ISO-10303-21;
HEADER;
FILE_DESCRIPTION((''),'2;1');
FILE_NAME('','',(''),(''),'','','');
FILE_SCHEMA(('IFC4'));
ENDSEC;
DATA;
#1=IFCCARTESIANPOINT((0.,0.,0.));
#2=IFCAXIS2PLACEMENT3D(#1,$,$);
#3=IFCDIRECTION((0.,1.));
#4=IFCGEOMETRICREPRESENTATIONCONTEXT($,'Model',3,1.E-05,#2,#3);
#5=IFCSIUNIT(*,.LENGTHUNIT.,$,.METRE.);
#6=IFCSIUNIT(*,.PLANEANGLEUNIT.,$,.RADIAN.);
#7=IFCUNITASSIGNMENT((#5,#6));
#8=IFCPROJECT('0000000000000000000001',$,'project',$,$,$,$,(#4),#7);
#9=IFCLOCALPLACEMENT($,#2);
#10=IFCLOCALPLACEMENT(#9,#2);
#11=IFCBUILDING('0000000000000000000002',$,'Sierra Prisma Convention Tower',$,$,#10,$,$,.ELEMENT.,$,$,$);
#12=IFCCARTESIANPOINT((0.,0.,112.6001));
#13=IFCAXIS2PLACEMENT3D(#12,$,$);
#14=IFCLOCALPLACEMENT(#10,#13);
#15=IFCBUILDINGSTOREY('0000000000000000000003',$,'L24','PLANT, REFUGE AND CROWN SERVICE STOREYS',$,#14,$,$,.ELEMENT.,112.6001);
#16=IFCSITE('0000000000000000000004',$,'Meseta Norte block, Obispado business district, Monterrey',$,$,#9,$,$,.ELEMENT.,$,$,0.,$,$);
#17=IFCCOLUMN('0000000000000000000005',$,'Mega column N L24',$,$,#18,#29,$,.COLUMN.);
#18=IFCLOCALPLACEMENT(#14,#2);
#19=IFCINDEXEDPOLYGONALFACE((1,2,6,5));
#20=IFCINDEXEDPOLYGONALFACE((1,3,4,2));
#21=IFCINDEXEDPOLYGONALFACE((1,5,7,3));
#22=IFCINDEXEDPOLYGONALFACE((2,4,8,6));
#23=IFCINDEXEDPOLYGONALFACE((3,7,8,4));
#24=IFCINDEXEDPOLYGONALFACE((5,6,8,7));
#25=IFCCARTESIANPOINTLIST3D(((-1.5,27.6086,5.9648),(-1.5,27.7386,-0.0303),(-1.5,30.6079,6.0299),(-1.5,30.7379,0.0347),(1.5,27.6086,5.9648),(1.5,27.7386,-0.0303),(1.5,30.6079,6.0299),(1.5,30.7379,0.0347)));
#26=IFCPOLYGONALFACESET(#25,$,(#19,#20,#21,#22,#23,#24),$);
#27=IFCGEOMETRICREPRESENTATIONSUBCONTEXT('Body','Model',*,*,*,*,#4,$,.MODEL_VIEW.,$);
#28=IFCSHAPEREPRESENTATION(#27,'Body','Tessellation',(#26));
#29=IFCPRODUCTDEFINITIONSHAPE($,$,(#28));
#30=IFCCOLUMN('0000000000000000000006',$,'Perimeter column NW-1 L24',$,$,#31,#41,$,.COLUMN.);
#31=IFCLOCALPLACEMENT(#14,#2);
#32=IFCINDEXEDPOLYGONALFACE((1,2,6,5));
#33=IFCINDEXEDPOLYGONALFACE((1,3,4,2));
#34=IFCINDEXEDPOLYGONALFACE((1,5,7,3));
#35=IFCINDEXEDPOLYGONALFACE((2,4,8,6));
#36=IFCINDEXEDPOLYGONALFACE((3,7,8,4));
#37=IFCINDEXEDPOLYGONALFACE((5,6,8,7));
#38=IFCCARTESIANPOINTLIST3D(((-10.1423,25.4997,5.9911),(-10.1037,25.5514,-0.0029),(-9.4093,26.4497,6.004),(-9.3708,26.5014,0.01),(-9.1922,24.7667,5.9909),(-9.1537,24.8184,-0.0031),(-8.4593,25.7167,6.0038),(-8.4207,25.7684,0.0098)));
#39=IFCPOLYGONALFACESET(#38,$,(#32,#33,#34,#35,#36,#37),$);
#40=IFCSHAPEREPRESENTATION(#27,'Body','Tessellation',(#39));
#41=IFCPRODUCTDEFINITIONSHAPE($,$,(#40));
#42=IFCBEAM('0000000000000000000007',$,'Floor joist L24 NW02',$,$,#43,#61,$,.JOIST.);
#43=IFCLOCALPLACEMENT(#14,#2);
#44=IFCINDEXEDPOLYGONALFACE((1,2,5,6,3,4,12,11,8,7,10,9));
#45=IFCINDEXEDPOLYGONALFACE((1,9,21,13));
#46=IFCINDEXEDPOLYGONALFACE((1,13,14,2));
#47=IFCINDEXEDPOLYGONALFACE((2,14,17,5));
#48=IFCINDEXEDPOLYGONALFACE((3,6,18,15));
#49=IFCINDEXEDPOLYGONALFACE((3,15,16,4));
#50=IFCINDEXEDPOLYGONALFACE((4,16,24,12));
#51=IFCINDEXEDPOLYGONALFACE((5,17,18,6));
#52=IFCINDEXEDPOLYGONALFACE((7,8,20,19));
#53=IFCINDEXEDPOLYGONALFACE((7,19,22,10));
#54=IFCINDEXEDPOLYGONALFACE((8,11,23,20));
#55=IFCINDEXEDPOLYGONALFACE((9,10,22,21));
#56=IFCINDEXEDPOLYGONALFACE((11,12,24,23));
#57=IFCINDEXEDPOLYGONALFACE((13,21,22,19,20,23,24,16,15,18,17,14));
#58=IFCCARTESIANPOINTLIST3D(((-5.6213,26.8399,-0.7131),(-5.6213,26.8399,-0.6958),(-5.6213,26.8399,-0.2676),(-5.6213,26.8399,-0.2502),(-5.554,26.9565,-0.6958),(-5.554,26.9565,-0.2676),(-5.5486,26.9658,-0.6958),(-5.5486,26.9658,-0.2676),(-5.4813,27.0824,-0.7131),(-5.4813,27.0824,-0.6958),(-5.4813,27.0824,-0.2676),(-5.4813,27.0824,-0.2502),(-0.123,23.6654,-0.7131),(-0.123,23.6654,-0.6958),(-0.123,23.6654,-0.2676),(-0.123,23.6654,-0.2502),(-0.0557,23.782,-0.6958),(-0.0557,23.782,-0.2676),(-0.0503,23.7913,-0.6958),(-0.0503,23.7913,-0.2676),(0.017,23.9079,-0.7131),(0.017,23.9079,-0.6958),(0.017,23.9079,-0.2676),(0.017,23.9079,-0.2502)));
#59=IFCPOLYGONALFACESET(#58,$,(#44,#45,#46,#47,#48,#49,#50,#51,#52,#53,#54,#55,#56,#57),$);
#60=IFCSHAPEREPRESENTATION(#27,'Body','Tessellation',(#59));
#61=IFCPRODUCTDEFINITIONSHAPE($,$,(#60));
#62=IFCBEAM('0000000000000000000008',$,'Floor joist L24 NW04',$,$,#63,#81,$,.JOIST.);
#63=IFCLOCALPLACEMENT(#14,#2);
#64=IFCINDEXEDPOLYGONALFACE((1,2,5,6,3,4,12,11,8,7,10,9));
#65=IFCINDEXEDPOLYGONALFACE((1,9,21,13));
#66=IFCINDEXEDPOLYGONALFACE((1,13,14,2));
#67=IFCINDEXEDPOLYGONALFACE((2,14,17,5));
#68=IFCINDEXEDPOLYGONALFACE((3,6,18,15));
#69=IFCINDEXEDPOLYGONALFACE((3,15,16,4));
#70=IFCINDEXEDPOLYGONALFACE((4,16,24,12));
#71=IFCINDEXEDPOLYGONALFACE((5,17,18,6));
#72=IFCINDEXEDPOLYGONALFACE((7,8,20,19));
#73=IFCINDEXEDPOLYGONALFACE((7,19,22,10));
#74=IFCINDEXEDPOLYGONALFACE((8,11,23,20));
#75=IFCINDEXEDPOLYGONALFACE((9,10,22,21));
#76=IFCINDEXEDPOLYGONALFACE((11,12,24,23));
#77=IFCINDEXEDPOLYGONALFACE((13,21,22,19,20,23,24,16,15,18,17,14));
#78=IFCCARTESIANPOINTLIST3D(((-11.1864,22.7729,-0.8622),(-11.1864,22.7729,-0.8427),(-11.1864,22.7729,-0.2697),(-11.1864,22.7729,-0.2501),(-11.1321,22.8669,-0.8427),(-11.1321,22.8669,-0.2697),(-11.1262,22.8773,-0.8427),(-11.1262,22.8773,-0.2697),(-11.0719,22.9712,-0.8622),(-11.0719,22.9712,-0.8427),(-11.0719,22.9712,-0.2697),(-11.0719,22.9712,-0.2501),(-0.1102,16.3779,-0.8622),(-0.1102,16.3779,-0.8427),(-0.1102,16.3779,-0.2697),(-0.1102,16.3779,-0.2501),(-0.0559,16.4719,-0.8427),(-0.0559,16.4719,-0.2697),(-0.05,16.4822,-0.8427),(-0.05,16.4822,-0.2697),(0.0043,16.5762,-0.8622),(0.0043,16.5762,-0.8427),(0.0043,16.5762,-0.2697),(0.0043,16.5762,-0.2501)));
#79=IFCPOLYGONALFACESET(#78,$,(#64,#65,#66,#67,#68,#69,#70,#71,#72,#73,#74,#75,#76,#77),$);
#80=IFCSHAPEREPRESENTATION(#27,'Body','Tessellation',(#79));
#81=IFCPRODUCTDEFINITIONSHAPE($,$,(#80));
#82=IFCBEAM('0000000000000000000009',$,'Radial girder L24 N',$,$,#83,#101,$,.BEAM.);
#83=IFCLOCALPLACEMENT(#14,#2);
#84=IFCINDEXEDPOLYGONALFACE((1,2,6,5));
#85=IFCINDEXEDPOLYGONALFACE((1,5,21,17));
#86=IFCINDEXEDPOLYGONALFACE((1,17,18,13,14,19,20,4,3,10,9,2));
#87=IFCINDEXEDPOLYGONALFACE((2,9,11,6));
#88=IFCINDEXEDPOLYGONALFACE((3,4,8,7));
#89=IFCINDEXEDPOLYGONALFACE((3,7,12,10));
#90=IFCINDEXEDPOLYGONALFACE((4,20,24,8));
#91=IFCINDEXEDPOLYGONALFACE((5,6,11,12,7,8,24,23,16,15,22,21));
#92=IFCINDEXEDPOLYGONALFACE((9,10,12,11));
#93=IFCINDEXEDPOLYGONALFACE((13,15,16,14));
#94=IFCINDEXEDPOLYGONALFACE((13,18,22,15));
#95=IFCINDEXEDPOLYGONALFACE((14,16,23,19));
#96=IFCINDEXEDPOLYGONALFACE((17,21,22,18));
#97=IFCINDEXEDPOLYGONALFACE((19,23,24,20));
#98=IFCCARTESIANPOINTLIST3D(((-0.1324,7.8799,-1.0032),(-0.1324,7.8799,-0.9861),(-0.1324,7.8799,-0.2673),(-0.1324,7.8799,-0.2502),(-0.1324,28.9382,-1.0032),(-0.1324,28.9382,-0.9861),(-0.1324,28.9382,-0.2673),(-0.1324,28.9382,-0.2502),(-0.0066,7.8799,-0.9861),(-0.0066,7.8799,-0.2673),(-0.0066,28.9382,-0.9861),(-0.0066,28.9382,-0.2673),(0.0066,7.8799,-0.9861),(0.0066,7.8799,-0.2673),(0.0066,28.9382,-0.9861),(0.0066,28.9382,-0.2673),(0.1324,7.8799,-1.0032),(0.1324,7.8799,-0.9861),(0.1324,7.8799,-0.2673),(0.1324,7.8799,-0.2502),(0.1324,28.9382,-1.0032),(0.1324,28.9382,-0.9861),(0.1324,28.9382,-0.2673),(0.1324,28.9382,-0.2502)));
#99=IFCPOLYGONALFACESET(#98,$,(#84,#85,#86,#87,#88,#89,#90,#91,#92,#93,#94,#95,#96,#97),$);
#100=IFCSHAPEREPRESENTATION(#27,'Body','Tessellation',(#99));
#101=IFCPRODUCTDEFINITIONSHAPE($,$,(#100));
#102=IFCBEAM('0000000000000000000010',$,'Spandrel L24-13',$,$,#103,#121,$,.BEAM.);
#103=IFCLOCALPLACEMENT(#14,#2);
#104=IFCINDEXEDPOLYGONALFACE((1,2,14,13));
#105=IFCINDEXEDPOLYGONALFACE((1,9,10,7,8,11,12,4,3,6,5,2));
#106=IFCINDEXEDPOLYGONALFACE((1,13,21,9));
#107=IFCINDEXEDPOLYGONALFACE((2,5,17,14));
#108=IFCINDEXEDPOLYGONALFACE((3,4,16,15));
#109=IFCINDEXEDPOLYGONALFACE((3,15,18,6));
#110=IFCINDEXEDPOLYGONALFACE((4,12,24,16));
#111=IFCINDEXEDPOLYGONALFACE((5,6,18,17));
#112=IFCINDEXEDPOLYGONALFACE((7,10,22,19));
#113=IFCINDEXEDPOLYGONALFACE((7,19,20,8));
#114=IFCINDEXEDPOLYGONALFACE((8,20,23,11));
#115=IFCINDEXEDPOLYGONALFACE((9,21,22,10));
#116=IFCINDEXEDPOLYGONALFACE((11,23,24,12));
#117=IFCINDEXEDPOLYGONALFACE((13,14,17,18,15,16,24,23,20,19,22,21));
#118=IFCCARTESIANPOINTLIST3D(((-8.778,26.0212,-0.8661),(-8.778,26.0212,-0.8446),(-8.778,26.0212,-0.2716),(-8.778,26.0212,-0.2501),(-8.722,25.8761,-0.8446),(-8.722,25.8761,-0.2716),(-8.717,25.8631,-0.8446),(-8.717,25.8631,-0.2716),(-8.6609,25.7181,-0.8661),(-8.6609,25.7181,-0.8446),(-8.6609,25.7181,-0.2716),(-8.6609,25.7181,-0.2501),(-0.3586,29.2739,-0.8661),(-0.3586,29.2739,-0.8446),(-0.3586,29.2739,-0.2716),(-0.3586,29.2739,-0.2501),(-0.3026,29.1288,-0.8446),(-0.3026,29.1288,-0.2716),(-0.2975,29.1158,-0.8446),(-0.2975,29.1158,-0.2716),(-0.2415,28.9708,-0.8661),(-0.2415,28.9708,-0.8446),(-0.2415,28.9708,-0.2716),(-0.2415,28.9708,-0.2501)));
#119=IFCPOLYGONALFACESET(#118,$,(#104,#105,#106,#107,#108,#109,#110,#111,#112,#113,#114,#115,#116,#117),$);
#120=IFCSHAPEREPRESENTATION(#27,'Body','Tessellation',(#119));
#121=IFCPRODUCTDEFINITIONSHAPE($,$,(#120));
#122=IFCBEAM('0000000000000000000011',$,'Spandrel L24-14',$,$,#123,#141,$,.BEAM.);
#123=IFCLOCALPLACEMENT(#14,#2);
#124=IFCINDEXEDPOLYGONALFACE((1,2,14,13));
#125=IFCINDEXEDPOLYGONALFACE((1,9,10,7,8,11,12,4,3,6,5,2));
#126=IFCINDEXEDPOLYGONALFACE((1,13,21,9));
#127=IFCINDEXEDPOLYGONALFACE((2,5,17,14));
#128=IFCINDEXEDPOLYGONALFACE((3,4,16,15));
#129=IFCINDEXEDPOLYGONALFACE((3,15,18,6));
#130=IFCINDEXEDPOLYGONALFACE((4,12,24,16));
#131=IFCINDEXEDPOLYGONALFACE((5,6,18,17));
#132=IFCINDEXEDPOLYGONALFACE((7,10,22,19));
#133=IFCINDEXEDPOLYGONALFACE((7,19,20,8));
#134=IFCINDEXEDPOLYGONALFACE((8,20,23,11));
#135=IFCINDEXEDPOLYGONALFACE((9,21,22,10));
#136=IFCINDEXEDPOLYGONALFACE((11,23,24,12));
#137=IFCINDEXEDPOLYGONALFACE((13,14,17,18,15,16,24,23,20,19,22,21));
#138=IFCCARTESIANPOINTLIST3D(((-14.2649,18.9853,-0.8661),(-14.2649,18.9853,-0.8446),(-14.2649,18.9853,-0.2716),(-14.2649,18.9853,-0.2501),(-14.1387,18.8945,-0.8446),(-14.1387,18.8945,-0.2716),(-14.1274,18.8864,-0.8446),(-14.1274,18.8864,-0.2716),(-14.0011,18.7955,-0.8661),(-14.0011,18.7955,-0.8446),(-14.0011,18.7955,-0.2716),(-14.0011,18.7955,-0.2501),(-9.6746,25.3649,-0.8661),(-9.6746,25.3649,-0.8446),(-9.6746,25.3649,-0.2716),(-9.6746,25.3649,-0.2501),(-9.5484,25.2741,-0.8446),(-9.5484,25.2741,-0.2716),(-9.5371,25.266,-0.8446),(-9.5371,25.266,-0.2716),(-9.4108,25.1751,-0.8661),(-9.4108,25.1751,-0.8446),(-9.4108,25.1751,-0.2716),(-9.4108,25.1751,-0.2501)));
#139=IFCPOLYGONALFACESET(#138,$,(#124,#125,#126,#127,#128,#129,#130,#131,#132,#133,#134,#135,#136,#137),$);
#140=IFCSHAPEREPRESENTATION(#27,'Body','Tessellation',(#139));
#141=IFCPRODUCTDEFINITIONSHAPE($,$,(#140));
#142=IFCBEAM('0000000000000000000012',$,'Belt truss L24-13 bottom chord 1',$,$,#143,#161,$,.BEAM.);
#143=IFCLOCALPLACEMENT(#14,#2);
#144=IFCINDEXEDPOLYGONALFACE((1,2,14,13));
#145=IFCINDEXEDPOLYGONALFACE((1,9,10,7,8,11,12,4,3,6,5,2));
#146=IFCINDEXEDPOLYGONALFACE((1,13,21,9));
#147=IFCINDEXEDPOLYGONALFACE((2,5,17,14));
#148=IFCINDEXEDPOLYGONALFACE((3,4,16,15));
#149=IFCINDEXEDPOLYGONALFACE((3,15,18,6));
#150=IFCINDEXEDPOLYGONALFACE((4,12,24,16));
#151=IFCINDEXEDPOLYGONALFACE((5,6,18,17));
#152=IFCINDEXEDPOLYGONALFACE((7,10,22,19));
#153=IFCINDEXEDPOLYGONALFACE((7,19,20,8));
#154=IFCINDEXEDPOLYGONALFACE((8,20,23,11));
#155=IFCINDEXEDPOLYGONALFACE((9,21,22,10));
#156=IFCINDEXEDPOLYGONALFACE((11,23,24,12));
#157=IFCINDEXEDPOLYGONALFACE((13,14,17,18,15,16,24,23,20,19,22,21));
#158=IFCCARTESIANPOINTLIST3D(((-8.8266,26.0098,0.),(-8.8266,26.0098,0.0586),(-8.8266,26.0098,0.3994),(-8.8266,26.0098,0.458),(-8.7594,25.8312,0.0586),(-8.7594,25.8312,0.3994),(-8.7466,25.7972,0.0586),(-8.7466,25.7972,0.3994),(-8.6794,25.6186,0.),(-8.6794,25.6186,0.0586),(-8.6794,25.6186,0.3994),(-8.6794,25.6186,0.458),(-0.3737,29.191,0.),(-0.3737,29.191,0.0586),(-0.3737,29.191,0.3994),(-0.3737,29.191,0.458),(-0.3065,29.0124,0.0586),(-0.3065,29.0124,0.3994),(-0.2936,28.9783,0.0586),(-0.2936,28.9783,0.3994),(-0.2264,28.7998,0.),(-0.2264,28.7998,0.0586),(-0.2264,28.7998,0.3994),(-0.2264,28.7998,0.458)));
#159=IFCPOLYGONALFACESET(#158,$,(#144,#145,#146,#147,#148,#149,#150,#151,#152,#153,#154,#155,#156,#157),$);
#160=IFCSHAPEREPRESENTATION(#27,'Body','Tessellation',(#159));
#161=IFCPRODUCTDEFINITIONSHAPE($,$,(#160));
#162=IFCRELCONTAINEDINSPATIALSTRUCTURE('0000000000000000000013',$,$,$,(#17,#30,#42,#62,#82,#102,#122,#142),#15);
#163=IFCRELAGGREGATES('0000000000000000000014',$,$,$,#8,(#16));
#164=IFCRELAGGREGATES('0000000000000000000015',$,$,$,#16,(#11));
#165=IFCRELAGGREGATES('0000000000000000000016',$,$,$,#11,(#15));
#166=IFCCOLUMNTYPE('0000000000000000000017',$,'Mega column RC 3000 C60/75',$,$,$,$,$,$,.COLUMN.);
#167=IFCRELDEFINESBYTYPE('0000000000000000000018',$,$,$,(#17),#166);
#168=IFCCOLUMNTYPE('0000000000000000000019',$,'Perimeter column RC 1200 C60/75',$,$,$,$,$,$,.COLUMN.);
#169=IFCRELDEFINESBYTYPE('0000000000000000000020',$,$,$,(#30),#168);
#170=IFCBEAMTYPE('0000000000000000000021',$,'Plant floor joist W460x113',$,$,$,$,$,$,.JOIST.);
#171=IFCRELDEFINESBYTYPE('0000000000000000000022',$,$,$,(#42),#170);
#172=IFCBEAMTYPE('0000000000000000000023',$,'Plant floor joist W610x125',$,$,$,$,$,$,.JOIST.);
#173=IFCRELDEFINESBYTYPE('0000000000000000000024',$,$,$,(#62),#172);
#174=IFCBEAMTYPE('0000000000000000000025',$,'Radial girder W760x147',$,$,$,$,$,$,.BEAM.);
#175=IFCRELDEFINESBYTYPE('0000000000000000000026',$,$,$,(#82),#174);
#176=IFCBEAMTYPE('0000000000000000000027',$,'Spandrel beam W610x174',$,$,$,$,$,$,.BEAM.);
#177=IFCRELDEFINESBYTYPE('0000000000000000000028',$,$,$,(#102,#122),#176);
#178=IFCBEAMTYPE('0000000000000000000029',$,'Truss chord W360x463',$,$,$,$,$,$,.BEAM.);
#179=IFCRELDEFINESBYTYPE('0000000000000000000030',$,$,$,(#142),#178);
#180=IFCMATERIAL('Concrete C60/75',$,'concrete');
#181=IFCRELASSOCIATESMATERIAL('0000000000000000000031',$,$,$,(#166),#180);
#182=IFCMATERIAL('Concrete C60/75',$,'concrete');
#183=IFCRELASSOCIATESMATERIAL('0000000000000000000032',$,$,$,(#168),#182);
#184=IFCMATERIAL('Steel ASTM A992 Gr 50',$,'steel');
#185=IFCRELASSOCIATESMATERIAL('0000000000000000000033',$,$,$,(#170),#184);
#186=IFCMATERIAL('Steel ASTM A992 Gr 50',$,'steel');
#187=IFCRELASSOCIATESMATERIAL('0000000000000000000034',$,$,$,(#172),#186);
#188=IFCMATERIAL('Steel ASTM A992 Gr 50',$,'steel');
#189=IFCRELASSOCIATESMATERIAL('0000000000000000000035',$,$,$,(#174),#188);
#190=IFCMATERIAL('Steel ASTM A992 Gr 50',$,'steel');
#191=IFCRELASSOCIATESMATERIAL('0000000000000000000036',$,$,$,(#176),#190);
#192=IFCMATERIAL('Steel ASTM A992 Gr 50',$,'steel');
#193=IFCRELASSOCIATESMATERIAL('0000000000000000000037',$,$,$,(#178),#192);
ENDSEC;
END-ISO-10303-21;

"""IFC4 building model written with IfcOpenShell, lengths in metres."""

from ifc_helpers import new_model, si_unit, direction, frame, origin, origin_2d, place, context, subcontext, project, spatial, rectangle, i_section, extrude, clip, halfspace, material, material_profile, profile_set, type_object, element, save


model = new_model("IFC4")

# Units and contexts
model_context = context("Model", 3, precision=1e-05, world=origin(), true_north=direction((0.0, 1.0)))
body_context = subcontext(model_context, "Body", "Model", "MODEL_VIEW")
ifc_project = project(units=[si_unit("LENGTHUNIT", "METRE"), si_unit("PLANEANGLEUNIT", "RADIAN")], contexts=[model_context])

# Site, building, storey
site_placement = place(None, origin())
site = spatial("IfcSite", under=ifc_project, at=site_placement, Name="Meseta Norte block, Obispado business district, Monterrey", CompositionType="ELEMENT", RefElevation=0.0)
building_placement = place(site_placement, origin())
building = spatial("IfcBuilding", under=site, at=building_placement, Name="Sierra Prisma Convention Tower", CompositionType="ELEMENT")
storey_placement = place(building_placement, frame((0.0, 0.0, 112.6001)))
storey = spatial("IfcBuildingStorey", under=building, at=storey_placement, Name="L24", Description="PLANT, REFUGE AND CROWN SERVICE STOREYS", CompositionType="ELEMENT", Elevation=112.6001)

# Columns
ifc_material_1 = material(Name="Concrete C60/75", Category="concrete")
ifc_material_profile_1 = material_profile(ifc_material_1, rectangle(XDim=3.0, YDim=3.0, at=origin_2d()), Name="Mega column RC 3000 C60/75")
ifc_profile_set_1 = profile_set([ifc_material_profile_1], Name="Concrete C60/75")
column_type_1 = type_object("IfcColumnType", Name="Mega column RC 3000 C60/75", PredefinedType="COLUMN", material=ifc_profile_set_1)
column_1_placement = place(storey_placement, frame((0.0, 29.2383, 0.0), z_axis=(0.0, -0.021683, 0.999765), x_axis=(1.0, 0.0, 0.0)))
element("IfcColumn", 1, at=column_1_placement, inside=storey, type_object=column_type_1, Name="Mega column N L24", PredefinedType="COLUMN", context=body_context, shape_type="SweptSolid", body=[
    clip(clip(extrude(rectangle(XDim=3.0, YDim=3.0, at=origin_2d()), origin(), (0.0, 0.0, 1.0), 6.0015), halfspace(frame((0.0, 0.0, 0.0022)), True)), halfspace(frame((0.0, 0.0, 5.9988)), False)),
])
ifc_material_2 = material(Name="Concrete C60/75", Category="concrete")
ifc_material_profile_2 = material_profile(ifc_material_2, rectangle(XDim=1.2, YDim=1.2, at=origin_2d()), Name="Perimeter column RC 1200 C60/75")
ifc_profile_set_2 = profile_set([ifc_material_profile_2], Name="Concrete C60/75")
column_type_2 = type_object("IfcColumnType", Name="Perimeter column RC 1200 C60/75", PredefinedType="COLUMN", material=ifc_profile_set_2)
column_2_placement = place(storey_placement, frame((-9.2622, 25.6599, 0.0), z_axis=(-0.006429, -0.008626, 0.999942), x_axis=(0.610807, 0.791706, 0.010756)))
element("IfcColumn", 2, at=column_2_placement, inside=storey, type_object=column_type_2, Name="Perimeter column NW-1 L24", PredefinedType="COLUMN", context=body_context, shape_type="SweptSolid", body=[
    clip(clip(extrude(rectangle(XDim=1.2, YDim=1.2, at=origin_2d()), origin(), (0.0, 0.0, 1.0), 6.0002), halfspace(frame((0.0, 0.0, 0.0034)), True)), halfspace(frame((0.0, 0.0, 5.9978)), False)),
])

# Beams
ifc_material_3 = material(Name="Steel ASTM A992 Gr 50", Category="steel")
ifc_material_profile_3 = material_profile(ifc_material_3, i_section(OverallWidth=0.28, OverallDepth=0.4629, WebThickness=0.0107, FlangeThickness=0.0173, at=origin_2d()), Name="W460x113")
ifc_profile_set_3 = profile_set([ifc_material_profile_3], Name="Steel ASTM A992 Gr 50")
beam_type_1 = type_object("IfcBeamType", Name="Plant floor joist W460x113", PredefinedType="JOIST", material=ifc_profile_set_3)
beam_1_placement = place(storey_placement, frame((-5.5513, 26.9612, -0.4817), z_axis=(0.866017, -0.500014, 0.0), x_axis=(0.500014, 0.866017, 0.0)))
element("IfcBeam", 3, at=beam_1_placement, inside=storey, type_object=beam_type_1, Name="Floor joist L24 NW02", PredefinedType="JOIST", context=body_context, shape_type="SweptSolid", body=[
    extrude(i_section(OverallWidth=0.28, OverallDepth=0.4629, WebThickness=0.0107, FlangeThickness=0.0173, at=origin_2d()), origin(), (0.0, 0.0, 1.0), 6.3489),
])
ifc_material_4 = material(Name="Steel ASTM A992 Gr 50", Category="steel")
ifc_material_profile_4 = material_profile(ifc_material_4, i_section(OverallWidth=0.229, OverallDepth=0.6121, WebThickness=0.012, FlangeThickness=0.0195, at=origin_2d()), Name="W610x125")
ifc_profile_set_4 = profile_set([ifc_material_profile_4], Name="Steel ASTM A992 Gr 50")
beam_type_2 = type_object("IfcBeamType", Name="Plant floor joist W610x125", PredefinedType="JOIST", material=ifc_profile_set_4)
beam_2_placement = place(storey_placement, frame((-11.1292, 22.8721, -0.5562), z_axis=(0.866019, -0.500011, 0.0), x_axis=(0.500011, 0.866019, 0.0)))
element("IfcBeam", 4, at=beam_2_placement, inside=storey, type_object=beam_type_2, Name="Floor joist L24 NW04", PredefinedType="JOIST", context=body_context, shape_type="SweptSolid", body=[
    extrude(i_section(OverallWidth=0.229, OverallDepth=0.6121, WebThickness=0.012, FlangeThickness=0.0195, at=origin_2d()), origin(), (0.0, 0.0, 1.0), 12.7898),
])
ifc_material_5 = material(Name="Steel ASTM A992 Gr 50", Category="steel")
ifc_material_profile_5 = material_profile(ifc_material_5, i_section(OverallWidth=0.2649, OverallDepth=0.7529, WebThickness=0.0132, FlangeThickness=0.0171, at=origin_2d()), Name="W760x147")
ifc_profile_set_5 = profile_set([ifc_material_profile_5], Name="Steel ASTM A992 Gr 50")
beam_type_3 = type_object("IfcBeamType", Name="Radial girder W760x147", PredefinedType="BEAM", material=ifc_profile_set_5)
beam_3_placement = place(storey_placement, frame((0.0, 28.9382, -0.6267), z_axis=(0.0, -1.0, 0.0), x_axis=(1.0, 0.0, 0.0)))
element("IfcBeam", 5, at=beam_3_placement, inside=storey, type_object=beam_type_3, Name="Radial girder L24 N", PredefinedType="BEAM", context=body_context, shape_type="SweptSolid", body=[
    extrude(i_section(OverallWidth=0.2649, OverallDepth=0.7529, WebThickness=0.0132, FlangeThickness=0.0171, at=origin_2d()), origin(), (0.0, 0.0, 1.0), 21.0583),
])
ifc_material_6 = material(Name="Steel ASTM A992 Gr 50", Category="steel")
ifc_material_profile_6 = material_profile(ifc_material_6, i_section(OverallWidth=0.325, OverallDepth=0.616, WebThickness=0.0139, FlangeThickness=0.0215, at=origin_2d()), Name="W610x174")
ifc_profile_set_6 = profile_set([ifc_material_profile_6], Name="Steel ASTM A992 Gr 50")
beam_type_4 = type_object("IfcBeamType", Name="Spandrel beam W610x174", PredefinedType="BEAM", material=ifc_profile_set_6)
beam_4_placement = place(storey_placement, frame((-0.3, 29.1223, -0.5581), z_axis=(-0.932808, -0.360373, 0.0), x_axis=(0.360373, -0.932808, 0.0)))
element("IfcBeam", 6, at=beam_4_placement, inside=storey, type_object=beam_type_4, Name="Spandrel L24-13", PredefinedType="BEAM", context=body_context, shape_type="SweptSolid", body=[
    extrude(i_section(OverallWidth=0.325, OverallDepth=0.616, WebThickness=0.0139, FlangeThickness=0.0215, at=origin_2d()), origin(), (0.0, 0.0, 1.0), 9.0259),
])
beam_5_placement = place(storey_placement, frame((-9.5427, 25.27, -0.5581), z_axis=(-0.584053, -0.811716, 0.0), x_axis=(0.811716, -0.584053, 0.0)))
element("IfcBeam", 7, at=beam_5_placement, inside=storey, type_object=beam_type_4, Name="Spandrel L24-14", PredefinedType="BEAM", context=body_context, shape_type="SweptSolid", body=[
    extrude(i_section(OverallWidth=0.325, OverallDepth=0.616, WebThickness=0.0139, FlangeThickness=0.0215, at=origin_2d()), origin(), (0.0, 0.0, 1.0), 7.8594),
])
ifc_material_7 = material(Name="Steel ASTM A992 Gr 50", Category="steel")
ifc_material_profile_7 = material_profile(ifc_material_7, i_section(OverallWidth=0.418, OverallDepth=0.458, WebThickness=0.0364, FlangeThickness=0.0586, at=origin_2d()), Name="W360x463")
ifc_profile_set_7 = profile_set([ifc_material_profile_7], Name="Steel ASTM A992 Gr 50")
beam_type_5 = type_object("IfcBeamType", Name="Truss chord W360x463", PredefinedType="BEAM", material=ifc_profile_set_7)
beam_6_placement = place(storey_placement, frame((-0.3, 28.9954, 0.229), z_axis=(-0.935916, -0.352222, 0.0), x_axis=(0.352222, -0.935916, 0.0)))
element("IfcBeam", 8, at=beam_6_placement, inside=storey, type_object=beam_type_5, Name="Belt truss L24-13 bottom chord 1", PredefinedType="BEAM", context=body_context, shape_type="SweptSolid", body=[
    extrude(i_section(OverallWidth=0.418, OverallDepth=0.458, WebThickness=0.0364, FlangeThickness=0.0586, at=origin_2d()), origin(), (0.0, 0.0, 1.0), 9.0317),
])

save(model, "model.ifc")
